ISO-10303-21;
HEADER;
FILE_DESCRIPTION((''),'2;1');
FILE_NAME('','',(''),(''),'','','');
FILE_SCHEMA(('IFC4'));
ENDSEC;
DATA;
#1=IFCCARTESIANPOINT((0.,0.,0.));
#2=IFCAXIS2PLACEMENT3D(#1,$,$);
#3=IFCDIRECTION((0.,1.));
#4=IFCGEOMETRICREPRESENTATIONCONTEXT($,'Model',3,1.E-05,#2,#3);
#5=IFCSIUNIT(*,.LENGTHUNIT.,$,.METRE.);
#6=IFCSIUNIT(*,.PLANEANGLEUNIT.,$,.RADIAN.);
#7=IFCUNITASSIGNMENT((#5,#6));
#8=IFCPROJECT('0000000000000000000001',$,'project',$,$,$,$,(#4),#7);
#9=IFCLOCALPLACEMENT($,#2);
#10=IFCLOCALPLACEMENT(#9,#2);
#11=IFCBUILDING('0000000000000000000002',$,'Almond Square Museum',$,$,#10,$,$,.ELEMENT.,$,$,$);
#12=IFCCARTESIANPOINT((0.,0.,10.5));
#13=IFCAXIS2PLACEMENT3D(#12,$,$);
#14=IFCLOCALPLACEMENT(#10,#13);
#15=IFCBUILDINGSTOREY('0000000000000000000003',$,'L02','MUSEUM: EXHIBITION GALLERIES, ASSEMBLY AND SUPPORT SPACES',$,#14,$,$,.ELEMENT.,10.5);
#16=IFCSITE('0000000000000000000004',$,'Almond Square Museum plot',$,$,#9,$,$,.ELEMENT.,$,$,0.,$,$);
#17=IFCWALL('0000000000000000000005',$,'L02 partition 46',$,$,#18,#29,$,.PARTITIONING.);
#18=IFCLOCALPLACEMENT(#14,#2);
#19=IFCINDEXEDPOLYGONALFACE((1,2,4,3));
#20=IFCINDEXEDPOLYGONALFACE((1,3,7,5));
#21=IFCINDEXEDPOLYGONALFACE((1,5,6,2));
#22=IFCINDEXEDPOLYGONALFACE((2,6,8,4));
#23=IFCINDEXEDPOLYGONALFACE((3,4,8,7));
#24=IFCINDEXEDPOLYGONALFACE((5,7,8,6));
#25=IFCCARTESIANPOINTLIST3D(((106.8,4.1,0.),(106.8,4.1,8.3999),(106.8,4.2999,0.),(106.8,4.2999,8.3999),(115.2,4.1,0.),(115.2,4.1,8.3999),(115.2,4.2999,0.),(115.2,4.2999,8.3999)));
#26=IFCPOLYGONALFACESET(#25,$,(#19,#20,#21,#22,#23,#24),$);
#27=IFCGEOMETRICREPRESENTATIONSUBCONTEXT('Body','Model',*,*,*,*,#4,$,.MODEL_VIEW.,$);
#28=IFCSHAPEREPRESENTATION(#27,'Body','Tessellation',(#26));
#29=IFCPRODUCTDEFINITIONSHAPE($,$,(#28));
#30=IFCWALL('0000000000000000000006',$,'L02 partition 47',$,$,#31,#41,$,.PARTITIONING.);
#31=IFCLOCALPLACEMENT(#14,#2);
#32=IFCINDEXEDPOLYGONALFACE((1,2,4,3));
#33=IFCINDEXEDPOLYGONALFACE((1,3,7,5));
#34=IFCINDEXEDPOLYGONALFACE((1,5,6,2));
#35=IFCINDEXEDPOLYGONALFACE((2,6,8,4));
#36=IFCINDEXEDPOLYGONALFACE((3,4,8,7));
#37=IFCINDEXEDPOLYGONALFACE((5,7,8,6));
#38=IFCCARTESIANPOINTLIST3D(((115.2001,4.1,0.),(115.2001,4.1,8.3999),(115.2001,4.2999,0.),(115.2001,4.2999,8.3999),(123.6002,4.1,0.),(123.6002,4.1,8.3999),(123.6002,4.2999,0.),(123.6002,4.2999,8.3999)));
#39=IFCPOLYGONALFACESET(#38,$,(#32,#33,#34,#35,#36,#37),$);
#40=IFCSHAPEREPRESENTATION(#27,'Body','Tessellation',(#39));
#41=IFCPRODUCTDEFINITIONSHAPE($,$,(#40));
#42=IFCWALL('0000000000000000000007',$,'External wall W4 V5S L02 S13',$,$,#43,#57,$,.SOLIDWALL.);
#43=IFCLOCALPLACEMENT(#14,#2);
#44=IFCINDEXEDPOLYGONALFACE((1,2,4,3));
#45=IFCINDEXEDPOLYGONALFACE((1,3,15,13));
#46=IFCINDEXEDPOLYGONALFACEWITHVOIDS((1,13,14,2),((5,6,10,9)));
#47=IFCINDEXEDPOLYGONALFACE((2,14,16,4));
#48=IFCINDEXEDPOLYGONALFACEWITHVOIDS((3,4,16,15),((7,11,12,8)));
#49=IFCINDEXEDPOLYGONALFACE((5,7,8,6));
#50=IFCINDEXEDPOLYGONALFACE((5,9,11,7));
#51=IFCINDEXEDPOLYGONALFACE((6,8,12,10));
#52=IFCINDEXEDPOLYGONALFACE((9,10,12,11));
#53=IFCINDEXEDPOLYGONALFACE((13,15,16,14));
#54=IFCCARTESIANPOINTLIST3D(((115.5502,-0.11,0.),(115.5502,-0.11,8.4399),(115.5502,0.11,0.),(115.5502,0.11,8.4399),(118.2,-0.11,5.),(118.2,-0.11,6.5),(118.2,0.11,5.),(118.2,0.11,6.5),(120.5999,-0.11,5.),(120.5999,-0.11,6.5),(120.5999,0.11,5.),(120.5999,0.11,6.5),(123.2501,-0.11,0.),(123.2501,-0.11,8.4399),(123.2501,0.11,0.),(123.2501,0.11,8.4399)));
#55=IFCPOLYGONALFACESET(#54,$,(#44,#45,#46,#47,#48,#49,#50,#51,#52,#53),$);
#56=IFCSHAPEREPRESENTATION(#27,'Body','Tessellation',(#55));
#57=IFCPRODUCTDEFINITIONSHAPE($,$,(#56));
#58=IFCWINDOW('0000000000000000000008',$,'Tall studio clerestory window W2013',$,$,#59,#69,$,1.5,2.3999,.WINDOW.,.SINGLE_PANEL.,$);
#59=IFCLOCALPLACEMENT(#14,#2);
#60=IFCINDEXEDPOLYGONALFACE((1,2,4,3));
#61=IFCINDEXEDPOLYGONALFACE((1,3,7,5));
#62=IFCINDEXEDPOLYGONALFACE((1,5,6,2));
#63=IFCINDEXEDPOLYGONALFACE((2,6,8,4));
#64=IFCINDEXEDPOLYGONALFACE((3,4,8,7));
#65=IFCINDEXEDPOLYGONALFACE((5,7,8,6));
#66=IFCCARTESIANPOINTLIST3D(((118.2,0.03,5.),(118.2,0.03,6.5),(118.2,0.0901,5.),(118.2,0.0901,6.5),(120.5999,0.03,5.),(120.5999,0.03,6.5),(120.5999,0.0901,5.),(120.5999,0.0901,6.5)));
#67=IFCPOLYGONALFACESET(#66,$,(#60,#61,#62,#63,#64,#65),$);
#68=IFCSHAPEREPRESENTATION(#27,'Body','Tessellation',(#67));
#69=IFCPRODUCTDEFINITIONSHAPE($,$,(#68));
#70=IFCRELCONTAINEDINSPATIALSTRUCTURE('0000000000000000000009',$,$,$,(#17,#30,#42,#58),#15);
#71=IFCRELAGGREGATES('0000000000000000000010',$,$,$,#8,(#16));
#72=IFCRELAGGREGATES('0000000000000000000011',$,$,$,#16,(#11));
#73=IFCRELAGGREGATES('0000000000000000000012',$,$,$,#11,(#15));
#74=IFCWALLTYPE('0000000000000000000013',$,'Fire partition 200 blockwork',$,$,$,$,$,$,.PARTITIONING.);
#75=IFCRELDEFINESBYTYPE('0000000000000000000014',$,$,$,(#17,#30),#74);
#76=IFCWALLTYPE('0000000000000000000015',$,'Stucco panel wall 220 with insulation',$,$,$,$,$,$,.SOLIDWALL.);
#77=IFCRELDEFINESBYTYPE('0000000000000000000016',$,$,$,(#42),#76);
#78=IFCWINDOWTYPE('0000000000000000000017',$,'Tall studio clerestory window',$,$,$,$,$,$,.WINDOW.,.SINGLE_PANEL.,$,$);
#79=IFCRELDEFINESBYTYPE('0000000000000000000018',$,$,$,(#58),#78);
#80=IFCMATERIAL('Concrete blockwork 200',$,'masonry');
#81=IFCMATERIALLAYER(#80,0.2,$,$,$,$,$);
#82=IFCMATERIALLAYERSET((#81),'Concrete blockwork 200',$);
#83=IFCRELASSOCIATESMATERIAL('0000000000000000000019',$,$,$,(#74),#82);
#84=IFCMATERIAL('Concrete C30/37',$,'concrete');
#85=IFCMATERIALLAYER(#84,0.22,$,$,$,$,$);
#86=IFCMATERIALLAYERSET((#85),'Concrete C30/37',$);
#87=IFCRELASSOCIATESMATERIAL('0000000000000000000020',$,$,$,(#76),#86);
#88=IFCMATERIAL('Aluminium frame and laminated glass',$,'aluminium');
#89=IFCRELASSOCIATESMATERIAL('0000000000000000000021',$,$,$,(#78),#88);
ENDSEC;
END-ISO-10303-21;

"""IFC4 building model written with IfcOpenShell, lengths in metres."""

from ifc_helpers import new_model, si_unit, direction, frame, frame_2d, origin, place, context, subcontext, project, spatial, rectangle, extrude, material, layer, layer_set, type_object, element, fill, save


model = new_model("IFC4")

# Units and contexts
model_context = context("Model", 3, precision=1e-05, world=origin(), true_north=direction((0.0, 1.0)))
body_context = subcontext(model_context, "Body", "Model", "MODEL_VIEW")
ifc_project = project(units=[si_unit("LENGTHUNIT", "METRE"), si_unit("PLANEANGLEUNIT", "RADIAN")], contexts=[model_context])

# Site, building, storey
site_placement = place(None, origin())
site = spatial("IfcSite", under=ifc_project, at=site_placement, Name="Almond Square Museum plot", CompositionType="ELEMENT", RefElevation=0.0)
building_placement = place(site_placement, origin())
building = spatial("IfcBuilding", under=site, at=building_placement, Name="Almond Square Museum", CompositionType="ELEMENT")
storey_placement = place(building_placement, frame((0.0, 0.0, 10.5)))
storey = spatial("IfcBuildingStorey", under=building, at=storey_placement, Name="L02", Description="MUSEUM: EXHIBITION GALLERIES, ASSEMBLY AND SUPPORT SPACES", CompositionType="ELEMENT", Elevation=10.5)

# Shared definitions
ifc_material_1 = material(Name="Concrete blockwork 200", Category="masonry")
ifc_layer_1 = layer(ifc_material_1, 0.2)
ifc_layer_set_1 = layer_set([ifc_layer_1], Name="Concrete blockwork 200")
wall_type_1 = type_object("IfcWallType", Name="Fire partition 200 blockwork", PredefinedType="PARTITIONING", material=ifc_layer_set_1)

# Walls
wall_1_placement = place(storey_placement, frame((106.8, 4.2, 0.0), z_axis=(0.0, 0.0, 1.0), x_axis=(1.0, 0.0, 0.0)))
element("IfcWall", 1, at=wall_1_placement, inside=storey, type_object=wall_type_1, Name="L02 partition 46", PredefinedType="PARTITIONING", context=body_context, shape_type="SweptSolid", body=[
    extrude(rectangle(XDim=8.3999, YDim=0.2, at=frame_2d((4.2, 0.0))), origin(), (0.0, 0.0, 1.0), 8.3999),
])
wall_2_placement = place(storey_placement, frame((115.2, 4.2, 0.0), z_axis=(0.0, 0.0, 1.0), x_axis=(1.0, 0.0, 0.0)))
element("IfcWall", 2, at=wall_2_placement, inside=storey, type_object=wall_type_1, Name="L02 partition 47", PredefinedType="PARTITIONING", context=body_context, shape_type="SweptSolid", body=[
    extrude(rectangle(XDim=8.4001, YDim=0.2, at=frame_2d((4.2002, 0.0))), origin(), (0.0, 0.0, 1.0), 8.3999),
])

# Wall, opening, window
ifc_material_2 = material(Name="Concrete C30/37", Category="concrete")
ifc_layer_2 = layer(ifc_material_2, 0.22)
ifc_layer_set_2 = layer_set([ifc_layer_2], Name="Concrete C30/37")
wall_type_2 = type_object("IfcWallType", Name="Stucco panel wall 220 with insulation", PredefinedType="SOLIDWALL", material=ifc_layer_set_2)
wall_3_placement = place(storey_placement, frame((115.55, 0.0, 0.0), z_axis=(0.0, 0.0, 1.0), x_axis=(1.0, 0.0, 0.0)))
wall_3 = element("IfcWall", 3, at=wall_3_placement, inside=storey, type_object=wall_type_2, Name="External wall W4 V5S L02 S13", PredefinedType="SOLIDWALL", context=body_context, shape_type="SweptSolid", body=[
    extrude(rectangle(XDim=7.7, YDim=0.22, at=frame_2d((3.8501, 0.0))), origin(), (0.0, 0.0, 1.0), 8.4399),
])
opening_1_placement = place(wall_3_placement, frame((2.6499, 0.0, 5.0)))
opening_1 = element("IfcOpeningElement", 4, at=opening_1_placement, cuts=wall_3, PredefinedType="OPENING", context=body_context, shape_type="SweptSolid", body=[
    extrude(rectangle(XDim=2.3999, YDim=1.5, at=frame_2d((1.2, 0.75))), frame((0.0, 0.1199, 0.0), z_axis=(0.0, -1.0, 0.0), x_axis=(1.0, 0.0, 0.0)), (0.0, 0.0, 1.0), 0.24),
])
ifc_material_3 = material(Name="Aluminium frame and laminated glass", Category="aluminium")
window_type = type_object("IfcWindowType", Name="Tall studio clerestory window", PartitioningType="SINGLE_PANEL", PredefinedType="WINDOW", material=ifc_material_3)
window_placement = place(opening_1_placement, origin())
window = element("IfcWindow", 5, at=window_placement, inside=storey, type_object=window_type, Name="Tall studio clerestory window W2013", OverallHeight=1.5, OverallWidth=2.3999, PartitioningType="SINGLE_PANEL", PredefinedType="WINDOW", context=body_context, shape_type="SweptSolid", body=[
    extrude(rectangle(XDim=2.3999, YDim=1.5, at=frame_2d((1.2, 0.75))), frame((0.0, 0.0901, 0.0), z_axis=(0.0, -1.0, 0.0), x_axis=(1.0, 0.0, 0.0)), (0.0, 0.0, 1.0), 0.0601),
])
fill(opening_1, window)

save(model, "model.ifc")
